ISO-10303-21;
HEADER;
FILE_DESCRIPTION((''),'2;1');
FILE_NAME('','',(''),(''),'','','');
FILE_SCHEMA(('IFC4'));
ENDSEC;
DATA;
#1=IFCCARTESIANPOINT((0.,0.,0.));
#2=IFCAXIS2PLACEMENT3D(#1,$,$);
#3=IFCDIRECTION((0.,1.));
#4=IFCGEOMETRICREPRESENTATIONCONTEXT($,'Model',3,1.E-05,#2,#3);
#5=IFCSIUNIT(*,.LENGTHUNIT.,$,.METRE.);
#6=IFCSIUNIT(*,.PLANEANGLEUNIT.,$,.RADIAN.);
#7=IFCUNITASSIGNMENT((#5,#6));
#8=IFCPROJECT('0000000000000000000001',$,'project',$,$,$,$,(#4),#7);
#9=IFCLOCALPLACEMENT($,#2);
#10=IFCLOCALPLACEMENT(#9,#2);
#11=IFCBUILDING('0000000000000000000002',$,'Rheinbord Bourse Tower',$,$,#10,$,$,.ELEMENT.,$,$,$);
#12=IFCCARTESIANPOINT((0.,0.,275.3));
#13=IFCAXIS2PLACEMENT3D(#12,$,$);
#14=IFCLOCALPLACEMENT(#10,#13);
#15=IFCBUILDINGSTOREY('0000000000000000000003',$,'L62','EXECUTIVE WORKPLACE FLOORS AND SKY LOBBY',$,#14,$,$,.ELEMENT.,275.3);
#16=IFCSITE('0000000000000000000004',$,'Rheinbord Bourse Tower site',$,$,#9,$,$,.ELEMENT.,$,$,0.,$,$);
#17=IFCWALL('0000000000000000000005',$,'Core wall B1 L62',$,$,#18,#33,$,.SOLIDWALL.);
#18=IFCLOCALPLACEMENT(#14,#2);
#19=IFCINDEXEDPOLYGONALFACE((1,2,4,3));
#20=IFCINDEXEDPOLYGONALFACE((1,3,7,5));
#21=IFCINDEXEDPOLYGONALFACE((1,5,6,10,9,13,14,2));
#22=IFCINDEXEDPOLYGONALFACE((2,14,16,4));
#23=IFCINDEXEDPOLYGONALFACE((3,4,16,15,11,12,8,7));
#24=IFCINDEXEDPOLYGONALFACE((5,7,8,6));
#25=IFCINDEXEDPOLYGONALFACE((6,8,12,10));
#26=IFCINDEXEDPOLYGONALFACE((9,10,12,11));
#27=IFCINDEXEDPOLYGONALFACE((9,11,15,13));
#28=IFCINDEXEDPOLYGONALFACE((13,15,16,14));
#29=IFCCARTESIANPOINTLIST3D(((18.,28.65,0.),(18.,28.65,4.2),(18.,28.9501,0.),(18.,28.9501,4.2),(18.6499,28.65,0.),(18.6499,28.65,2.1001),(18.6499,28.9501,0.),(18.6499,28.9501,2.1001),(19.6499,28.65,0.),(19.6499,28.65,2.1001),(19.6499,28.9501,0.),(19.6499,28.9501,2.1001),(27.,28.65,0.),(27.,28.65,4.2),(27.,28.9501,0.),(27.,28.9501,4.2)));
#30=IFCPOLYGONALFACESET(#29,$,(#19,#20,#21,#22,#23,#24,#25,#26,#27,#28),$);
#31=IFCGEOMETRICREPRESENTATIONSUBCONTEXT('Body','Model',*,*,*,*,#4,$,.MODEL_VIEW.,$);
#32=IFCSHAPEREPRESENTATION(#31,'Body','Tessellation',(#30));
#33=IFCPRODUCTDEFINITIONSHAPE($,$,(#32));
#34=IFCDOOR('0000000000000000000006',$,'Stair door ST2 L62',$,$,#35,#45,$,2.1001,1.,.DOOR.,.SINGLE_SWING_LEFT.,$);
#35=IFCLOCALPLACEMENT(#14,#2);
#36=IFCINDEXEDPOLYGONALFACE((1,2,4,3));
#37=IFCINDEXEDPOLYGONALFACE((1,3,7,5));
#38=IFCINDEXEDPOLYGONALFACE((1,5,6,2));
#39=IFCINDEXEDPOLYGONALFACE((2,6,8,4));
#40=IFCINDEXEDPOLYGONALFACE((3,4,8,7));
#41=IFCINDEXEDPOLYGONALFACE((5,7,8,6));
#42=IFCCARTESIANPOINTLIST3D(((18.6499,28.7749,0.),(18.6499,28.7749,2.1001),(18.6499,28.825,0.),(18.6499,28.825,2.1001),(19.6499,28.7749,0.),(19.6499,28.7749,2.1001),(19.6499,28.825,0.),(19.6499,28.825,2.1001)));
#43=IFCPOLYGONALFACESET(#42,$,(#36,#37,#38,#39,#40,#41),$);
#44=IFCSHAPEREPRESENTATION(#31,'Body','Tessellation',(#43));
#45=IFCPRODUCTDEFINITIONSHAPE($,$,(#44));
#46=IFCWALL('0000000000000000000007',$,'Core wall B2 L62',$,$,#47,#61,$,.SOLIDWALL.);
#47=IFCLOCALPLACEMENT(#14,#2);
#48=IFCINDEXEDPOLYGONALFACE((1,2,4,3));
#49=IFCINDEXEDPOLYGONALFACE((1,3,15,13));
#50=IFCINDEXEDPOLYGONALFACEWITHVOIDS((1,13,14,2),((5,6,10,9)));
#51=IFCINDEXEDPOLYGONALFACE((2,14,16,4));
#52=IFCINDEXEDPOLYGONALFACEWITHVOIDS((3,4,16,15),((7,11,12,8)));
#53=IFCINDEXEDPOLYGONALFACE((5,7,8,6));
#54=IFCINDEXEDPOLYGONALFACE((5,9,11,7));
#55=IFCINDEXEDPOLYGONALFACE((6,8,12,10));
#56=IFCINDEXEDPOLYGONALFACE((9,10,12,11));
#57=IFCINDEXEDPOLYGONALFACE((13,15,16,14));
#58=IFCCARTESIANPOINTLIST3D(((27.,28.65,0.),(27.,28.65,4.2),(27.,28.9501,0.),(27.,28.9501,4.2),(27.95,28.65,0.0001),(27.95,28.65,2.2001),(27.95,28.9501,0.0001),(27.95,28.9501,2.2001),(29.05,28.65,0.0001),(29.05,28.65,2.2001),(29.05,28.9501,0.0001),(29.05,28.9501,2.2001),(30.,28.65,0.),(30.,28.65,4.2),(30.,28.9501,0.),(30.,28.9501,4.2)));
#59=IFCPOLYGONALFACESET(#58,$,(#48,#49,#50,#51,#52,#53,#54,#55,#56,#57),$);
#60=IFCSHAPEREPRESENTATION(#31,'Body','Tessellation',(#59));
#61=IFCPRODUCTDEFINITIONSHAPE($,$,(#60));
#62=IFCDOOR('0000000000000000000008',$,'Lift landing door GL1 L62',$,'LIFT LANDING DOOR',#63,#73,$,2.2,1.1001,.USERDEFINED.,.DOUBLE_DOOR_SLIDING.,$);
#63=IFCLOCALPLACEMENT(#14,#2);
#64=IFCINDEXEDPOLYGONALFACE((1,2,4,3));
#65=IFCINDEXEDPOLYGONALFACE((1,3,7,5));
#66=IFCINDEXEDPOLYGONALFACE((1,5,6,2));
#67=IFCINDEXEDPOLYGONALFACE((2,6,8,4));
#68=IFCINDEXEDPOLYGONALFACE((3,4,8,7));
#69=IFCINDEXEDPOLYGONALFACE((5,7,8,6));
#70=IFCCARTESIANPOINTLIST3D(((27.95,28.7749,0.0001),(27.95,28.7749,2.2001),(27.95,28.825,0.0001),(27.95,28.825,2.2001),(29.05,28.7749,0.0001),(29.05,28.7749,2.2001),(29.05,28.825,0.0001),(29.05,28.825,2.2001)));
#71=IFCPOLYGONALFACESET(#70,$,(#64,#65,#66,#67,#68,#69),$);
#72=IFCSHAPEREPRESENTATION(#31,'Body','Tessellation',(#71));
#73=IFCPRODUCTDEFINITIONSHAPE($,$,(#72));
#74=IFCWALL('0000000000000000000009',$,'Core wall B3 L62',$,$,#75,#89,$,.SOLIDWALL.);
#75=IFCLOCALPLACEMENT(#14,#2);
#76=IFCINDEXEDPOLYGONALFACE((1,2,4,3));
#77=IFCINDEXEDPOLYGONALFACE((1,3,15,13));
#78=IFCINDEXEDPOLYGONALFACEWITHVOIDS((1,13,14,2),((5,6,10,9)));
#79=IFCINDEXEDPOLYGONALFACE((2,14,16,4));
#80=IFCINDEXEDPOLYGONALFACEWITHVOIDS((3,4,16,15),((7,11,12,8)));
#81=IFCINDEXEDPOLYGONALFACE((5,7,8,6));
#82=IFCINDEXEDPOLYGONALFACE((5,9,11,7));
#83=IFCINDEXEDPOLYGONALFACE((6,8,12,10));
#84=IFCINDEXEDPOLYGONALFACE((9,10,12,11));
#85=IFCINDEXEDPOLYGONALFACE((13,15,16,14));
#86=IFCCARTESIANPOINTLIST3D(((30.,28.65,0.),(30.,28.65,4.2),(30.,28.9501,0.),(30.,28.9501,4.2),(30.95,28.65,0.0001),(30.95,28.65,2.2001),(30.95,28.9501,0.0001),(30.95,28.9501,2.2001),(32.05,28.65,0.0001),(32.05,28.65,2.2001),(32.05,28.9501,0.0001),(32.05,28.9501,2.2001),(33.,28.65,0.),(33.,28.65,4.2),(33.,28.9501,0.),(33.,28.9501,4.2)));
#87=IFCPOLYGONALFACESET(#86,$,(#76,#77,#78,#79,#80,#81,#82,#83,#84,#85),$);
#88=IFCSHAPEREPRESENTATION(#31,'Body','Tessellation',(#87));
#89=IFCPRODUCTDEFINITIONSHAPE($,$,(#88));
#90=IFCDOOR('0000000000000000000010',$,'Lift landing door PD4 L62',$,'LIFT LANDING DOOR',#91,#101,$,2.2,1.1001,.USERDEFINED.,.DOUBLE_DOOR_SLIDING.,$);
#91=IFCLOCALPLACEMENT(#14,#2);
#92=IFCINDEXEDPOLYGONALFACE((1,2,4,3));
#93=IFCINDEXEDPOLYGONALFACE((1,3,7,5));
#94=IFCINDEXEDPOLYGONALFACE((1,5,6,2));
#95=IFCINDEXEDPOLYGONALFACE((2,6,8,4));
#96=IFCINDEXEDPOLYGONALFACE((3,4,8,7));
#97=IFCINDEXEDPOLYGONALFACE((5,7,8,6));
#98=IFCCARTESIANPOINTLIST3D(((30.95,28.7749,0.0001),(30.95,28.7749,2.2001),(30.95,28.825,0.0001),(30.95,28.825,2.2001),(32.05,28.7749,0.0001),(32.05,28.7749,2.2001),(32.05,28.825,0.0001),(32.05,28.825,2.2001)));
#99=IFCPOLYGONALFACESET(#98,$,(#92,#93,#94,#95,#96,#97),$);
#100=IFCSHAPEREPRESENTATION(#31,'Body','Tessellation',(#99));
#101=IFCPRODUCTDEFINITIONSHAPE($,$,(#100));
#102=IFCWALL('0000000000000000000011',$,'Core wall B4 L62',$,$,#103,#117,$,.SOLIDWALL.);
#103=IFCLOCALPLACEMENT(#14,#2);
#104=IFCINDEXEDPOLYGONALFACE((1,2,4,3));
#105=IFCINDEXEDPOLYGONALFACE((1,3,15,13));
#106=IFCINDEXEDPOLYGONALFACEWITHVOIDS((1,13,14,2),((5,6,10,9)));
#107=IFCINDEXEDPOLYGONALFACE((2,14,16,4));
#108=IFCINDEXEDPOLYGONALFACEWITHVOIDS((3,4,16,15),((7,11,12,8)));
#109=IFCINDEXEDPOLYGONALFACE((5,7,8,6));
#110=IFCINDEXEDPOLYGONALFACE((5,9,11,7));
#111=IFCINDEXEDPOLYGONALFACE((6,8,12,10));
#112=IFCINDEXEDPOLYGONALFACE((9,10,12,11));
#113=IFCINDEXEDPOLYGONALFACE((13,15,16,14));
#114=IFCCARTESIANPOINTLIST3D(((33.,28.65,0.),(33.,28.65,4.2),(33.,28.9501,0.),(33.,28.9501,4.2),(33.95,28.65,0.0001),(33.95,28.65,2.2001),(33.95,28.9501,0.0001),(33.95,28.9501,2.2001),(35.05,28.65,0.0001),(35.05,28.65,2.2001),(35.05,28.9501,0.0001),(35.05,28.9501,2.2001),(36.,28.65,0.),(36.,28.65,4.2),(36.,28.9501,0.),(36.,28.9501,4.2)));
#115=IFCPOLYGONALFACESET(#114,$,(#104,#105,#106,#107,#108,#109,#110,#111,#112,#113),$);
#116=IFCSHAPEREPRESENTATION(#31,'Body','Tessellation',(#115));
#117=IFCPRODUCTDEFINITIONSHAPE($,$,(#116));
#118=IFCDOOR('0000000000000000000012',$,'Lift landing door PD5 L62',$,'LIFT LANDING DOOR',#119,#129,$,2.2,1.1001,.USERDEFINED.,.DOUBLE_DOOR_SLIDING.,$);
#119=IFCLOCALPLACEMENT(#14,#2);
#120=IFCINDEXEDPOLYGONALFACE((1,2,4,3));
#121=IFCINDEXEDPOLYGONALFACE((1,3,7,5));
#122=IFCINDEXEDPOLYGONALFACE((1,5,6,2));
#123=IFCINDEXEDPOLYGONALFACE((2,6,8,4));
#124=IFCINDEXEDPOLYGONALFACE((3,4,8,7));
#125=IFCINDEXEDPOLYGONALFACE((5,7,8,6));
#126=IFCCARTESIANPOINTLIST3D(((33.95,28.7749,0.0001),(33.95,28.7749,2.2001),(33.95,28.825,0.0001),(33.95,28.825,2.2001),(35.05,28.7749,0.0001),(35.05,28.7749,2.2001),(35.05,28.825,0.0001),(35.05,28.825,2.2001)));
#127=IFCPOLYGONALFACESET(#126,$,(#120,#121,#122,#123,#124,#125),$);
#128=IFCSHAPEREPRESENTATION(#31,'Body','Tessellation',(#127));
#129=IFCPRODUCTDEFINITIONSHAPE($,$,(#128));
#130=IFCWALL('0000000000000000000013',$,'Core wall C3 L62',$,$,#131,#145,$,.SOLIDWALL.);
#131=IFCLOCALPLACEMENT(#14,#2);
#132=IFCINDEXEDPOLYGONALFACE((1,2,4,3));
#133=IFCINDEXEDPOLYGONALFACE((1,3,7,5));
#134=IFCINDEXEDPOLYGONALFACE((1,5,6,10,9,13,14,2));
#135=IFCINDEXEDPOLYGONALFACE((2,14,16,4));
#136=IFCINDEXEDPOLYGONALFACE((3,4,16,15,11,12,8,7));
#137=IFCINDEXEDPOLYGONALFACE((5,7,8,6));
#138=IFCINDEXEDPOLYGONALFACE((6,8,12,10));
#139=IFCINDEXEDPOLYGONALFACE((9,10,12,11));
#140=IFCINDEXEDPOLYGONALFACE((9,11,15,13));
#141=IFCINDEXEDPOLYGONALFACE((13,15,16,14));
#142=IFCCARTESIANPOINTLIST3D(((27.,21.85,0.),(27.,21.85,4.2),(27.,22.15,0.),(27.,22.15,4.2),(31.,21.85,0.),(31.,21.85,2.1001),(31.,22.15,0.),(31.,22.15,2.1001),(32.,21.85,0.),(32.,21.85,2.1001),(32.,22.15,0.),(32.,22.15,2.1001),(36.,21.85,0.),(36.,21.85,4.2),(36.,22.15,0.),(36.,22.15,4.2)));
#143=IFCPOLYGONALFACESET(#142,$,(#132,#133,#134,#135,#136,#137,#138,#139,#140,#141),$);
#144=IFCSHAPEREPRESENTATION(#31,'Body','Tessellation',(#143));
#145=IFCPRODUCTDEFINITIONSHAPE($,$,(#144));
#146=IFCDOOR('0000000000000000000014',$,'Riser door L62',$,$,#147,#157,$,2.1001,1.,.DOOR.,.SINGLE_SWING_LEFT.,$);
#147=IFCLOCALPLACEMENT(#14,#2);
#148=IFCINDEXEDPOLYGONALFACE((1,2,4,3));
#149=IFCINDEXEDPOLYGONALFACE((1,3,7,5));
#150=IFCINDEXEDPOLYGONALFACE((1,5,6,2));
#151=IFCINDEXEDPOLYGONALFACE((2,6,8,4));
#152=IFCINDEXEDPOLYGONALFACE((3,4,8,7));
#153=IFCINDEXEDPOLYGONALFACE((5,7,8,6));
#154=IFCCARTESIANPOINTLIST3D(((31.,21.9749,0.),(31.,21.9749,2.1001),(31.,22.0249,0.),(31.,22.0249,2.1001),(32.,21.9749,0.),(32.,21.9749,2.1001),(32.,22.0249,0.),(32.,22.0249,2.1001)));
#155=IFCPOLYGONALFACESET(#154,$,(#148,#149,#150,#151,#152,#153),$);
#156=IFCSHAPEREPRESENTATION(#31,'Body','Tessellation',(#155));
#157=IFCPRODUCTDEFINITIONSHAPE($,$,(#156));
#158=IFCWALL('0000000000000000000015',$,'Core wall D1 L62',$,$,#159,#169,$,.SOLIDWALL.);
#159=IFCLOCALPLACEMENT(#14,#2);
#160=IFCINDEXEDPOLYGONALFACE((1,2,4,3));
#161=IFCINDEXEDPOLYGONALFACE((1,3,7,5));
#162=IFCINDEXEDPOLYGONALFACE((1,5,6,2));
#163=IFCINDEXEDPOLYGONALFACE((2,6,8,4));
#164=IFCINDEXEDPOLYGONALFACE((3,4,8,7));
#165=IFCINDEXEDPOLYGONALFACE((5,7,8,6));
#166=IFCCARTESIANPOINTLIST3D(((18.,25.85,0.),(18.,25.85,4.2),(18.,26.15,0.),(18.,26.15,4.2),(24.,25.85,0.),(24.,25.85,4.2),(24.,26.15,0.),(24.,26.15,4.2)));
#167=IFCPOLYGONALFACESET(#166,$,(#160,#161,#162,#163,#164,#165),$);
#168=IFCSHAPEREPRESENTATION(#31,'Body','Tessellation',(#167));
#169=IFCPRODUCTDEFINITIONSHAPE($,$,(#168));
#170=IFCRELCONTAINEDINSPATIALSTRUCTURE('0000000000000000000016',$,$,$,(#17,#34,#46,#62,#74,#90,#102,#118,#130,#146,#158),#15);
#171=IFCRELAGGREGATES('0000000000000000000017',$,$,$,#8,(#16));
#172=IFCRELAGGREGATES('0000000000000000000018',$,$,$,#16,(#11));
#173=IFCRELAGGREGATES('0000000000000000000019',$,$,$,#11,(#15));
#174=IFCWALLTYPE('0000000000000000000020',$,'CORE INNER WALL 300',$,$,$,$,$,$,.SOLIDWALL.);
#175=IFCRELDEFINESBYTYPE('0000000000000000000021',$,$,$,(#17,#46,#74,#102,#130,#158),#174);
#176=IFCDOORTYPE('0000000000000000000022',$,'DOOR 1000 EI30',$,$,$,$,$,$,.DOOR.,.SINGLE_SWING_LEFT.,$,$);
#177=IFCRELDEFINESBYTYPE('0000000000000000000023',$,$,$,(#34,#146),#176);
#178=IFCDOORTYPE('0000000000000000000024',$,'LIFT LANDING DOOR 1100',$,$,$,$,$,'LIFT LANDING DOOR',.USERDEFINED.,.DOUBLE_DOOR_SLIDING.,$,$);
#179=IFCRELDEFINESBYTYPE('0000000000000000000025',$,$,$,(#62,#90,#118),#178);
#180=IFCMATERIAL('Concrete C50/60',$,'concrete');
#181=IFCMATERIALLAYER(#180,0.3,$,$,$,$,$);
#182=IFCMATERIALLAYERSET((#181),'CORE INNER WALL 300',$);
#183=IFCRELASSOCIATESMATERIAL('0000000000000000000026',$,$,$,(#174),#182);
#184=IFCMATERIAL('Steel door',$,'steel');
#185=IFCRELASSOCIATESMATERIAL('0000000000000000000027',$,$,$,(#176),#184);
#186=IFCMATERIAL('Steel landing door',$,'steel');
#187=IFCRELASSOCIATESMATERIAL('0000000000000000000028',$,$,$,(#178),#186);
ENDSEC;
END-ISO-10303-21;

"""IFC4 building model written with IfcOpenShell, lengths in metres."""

from ifc_helpers import new_model, si_unit, direction, frame, frame_2d, origin, place, context, subcontext, project, spatial, rectangle, extrude, material, layer, layer_set, type_object, element, fill, save


model = new_model("IFC4")

# Units and contexts
model_context = context("Model", 3, precision=1e-05, world=origin(), true_north=direction((0.0, 1.0)))
body_context = subcontext(model_context, "Body", "Model", "MODEL_VIEW")
ifc_project = project(units=[si_unit("LENGTHUNIT", "METRE"), si_unit("PLANEANGLEUNIT", "RADIAN")], contexts=[model_context])

# Site, building, storey
site_placement = place(None, origin())
site = spatial("IfcSite", under=ifc_project, at=site_placement, Name="Rheinbord Bourse Tower site", CompositionType="ELEMENT", RefElevation=0.0)
building_placement = place(site_placement, origin())
building = spatial("IfcBuilding", under=site, at=building_placement, Name="Rheinbord Bourse Tower", CompositionType="ELEMENT")
storey_placement = place(building_placement, frame((0.0, 0.0, 275.3)))
storey = spatial("IfcBuildingStorey", under=building, at=storey_placement, Name="L62", Description="EXECUTIVE WORKPLACE FLOORS AND SKY LOBBY", CompositionType="ELEMENT", Elevation=275.3)

# Walls, openings, doors
ifc_material_1 = material(Name="Concrete C50/60", Category="concrete")
ifc_layer_1 = layer(ifc_material_1, 0.3)
ifc_layer_set_1 = layer_set([ifc_layer_1], Name="CORE INNER WALL 300")
wall_type_1 = type_object("IfcWallType", Name="CORE INNER WALL 300", PredefinedType="SOLIDWALL", material=ifc_layer_set_1)
wall_1_placement = place(storey_placement, frame((18.0, 28.8, 0.0), z_axis=(0.0, 0.0, 1.0), x_axis=(1.0, 0.0, 0.0)))
wall_1 = element("IfcWall", 1, at=wall_1_placement, inside=storey, type_object=wall_type_1, Name="Core wall B1 L62", PredefinedType="SOLIDWALL", context=body_context, shape_type="SweptSolid", body=[
    extrude(rectangle(XDim=9.0, YDim=0.3, at=frame_2d((4.5, 0.0))), origin(), (0.0, 0.0, 1.0), 4.2),
])
opening_1_placement = place(wall_1_placement, frame((0.6499, 0.0, 0.0)))
opening_1 = element("IfcOpeningElement", 2, at=opening_1_placement, cuts=wall_1, PredefinedType="OPENING", context=body_context, shape_type="SweptSolid", body=[
    extrude(rectangle(XDim=1.0, YDim=2.1001, at=frame_2d((0.5, 1.05))), frame((0.0, 0.1599, 0.0), z_axis=(0.0, -1.0, 0.0), x_axis=(1.0, 0.0, 0.0)), (0.0, 0.0, 1.0), 0.3201),
])
ifc_material_2 = material(Name="Steel door", Category="steel")
door_type_1 = type_object("IfcDoorType", Name="DOOR 1000 EI30", OperationType="SINGLE_SWING_LEFT", PredefinedType="DOOR", material=ifc_material_2)
door_1_placement = place(opening_1_placement, origin())
door_1 = element("IfcDoor", 3, at=door_1_placement, inside=storey, type_object=door_type_1, Name="Stair door ST2 L62", OperationType="SINGLE_SWING_LEFT", OverallHeight=2.1001, OverallWidth=1.0, PredefinedType="DOOR", context=body_context, shape_type="SweptSolid", body=[
    extrude(rectangle(XDim=1.0, YDim=2.1001, at=frame_2d((0.5, 1.05))), frame((0.0, 0.0249, 0.0), z_axis=(0.0, -1.0, 0.0), x_axis=(1.0, 0.0, 0.0)), (0.0, 0.0, 1.0), 0.05),
])
fill(opening_1, door_1)
wall_2_placement = place(storey_placement, frame((27.0, 28.8, 0.0), z_axis=(0.0, 0.0, 1.0), x_axis=(1.0, 0.0, 0.0)))
wall_2 = element("IfcWall", 4, at=wall_2_placement, inside=storey, type_object=wall_type_1, Name="Core wall B2 L62", PredefinedType="SOLIDWALL", context=body_context, shape_type="SweptSolid", body=[
    extrude(rectangle(XDim=3.0, YDim=0.3, at=frame_2d((1.5, 0.0))), origin(), (0.0, 0.0, 1.0), 4.2),
])
opening_2_placement = place(wall_2_placement, frame((0.95, 0.0, 0.0)))
opening_2 = element("IfcOpeningElement", 5, at=opening_2_placement, cuts=wall_2, PredefinedType="OPENING", context=body_context, shape_type="SweptSolid", body=[
    extrude(rectangle(XDim=1.1001, YDim=2.2, at=frame_2d((0.55, 1.1001))), frame((0.0, 0.1599, 0.0), z_axis=(0.0, -1.0, 0.0), x_axis=(1.0, 0.0, 0.0)), (0.0, 0.0, 1.0), 0.3201),
])
ifc_material_3 = material(Name="Steel landing door", Category="steel")
door_type_2 = type_object("IfcDoorType", Name="LIFT LANDING DOOR 1100", ElementType="LIFT LANDING DOOR", OperationType="DOUBLE_DOOR_SLIDING", PredefinedType="USERDEFINED", material=ifc_material_3)
door_2_placement = place(opening_2_placement, origin())
door_2 = element("IfcDoor", 6, at=door_2_placement, inside=storey, type_object=door_type_2, Name="Lift landing door GL1 L62", ObjectType="LIFT LANDING DOOR", OperationType="DOUBLE_DOOR_SLIDING", OverallHeight=2.2, OverallWidth=1.1001, PredefinedType="USERDEFINED", context=body_context, shape_type="SweptSolid", body=[
    extrude(rectangle(XDim=1.1001, YDim=2.2, at=frame_2d((0.55, 1.1001))), frame((0.0, 0.0249, 0.0), z_axis=(0.0, -1.0, 0.0), x_axis=(1.0, 0.0, 0.0)), (0.0, 0.0, 1.0), 0.05),
])
fill(opening_2, door_2)
wall_3_placement = place(storey_placement, frame((30.0, 28.8, 0.0), z_axis=(0.0, 0.0, 1.0), x_axis=(1.0, 0.0, 0.0)))
wall_3 = element("IfcWall", 7, at=wall_3_placement, inside=storey, type_object=wall_type_1, Name="Core wall B3 L62", PredefinedType="SOLIDWALL", context=body_context, shape_type="SweptSolid", body=[
    extrude(rectangle(XDim=3.0, YDim=0.3, at=frame_2d((1.5, 0.0))), origin(), (0.0, 0.0, 1.0), 4.2),
])
opening_3_placement = place(wall_3_placement, frame((0.95, 0.0, 0.0)))
opening_3 = element("IfcOpeningElement", 8, at=opening_3_placement, cuts=wall_3, PredefinedType="OPENING", context=body_context, shape_type="SweptSolid", body=[
    extrude(rectangle(XDim=1.1001, YDim=2.2, at=frame_2d((0.55, 1.1001))), frame((0.0, 0.1599, 0.0), z_axis=(0.0, -1.0, 0.0), x_axis=(1.0, 0.0, 0.0)), (0.0, 0.0, 1.0), 0.3201),
])
door_3_placement = place(opening_3_placement, origin())
door_3 = element("IfcDoor", 9, at=door_3_placement, inside=storey, type_object=door_type_2, Name="Lift landing door PD4 L62", ObjectType="LIFT LANDING DOOR", OperationType="DOUBLE_DOOR_SLIDING", OverallHeight=2.2, OverallWidth=1.1001, PredefinedType="USERDEFINED", context=body_context, shape_type="SweptSolid", body=[
    extrude(rectangle(XDim=1.1001, YDim=2.2, at=frame_2d((0.55, 1.1001))), frame((0.0, 0.0249, 0.0), z_axis=(0.0, -1.0, 0.0), x_axis=(1.0, 0.0, 0.0)), (0.0, 0.0, 1.0), 0.05),
])
fill(opening_3, door_3)
wall_4_placement = place(storey_placement, frame((33.0, 28.8, 0.0), z_axis=(0.0, 0.0, 1.0), x_axis=(1.0, 0.0, 0.0)))
wall_4 = element("IfcWall", 10, at=wall_4_placement, inside=storey, type_object=wall_type_1, Name="Core wall B4 L62", PredefinedType="SOLIDWALL", context=body_context, shape_type="SweptSolid", body=[
    extrude(rectangle(XDim=3.0, YDim=0.3, at=frame_2d((1.5, 0.0))), origin(), (0.0, 0.0, 1.0), 4.2),
])
opening_4_placement = place(wall_4_placement, frame((0.95, 0.0, 0.0)))
opening_4 = element("IfcOpeningElement", 11, at=opening_4_placement, cuts=wall_4, PredefinedType="OPENING", context=body_context, shape_type="SweptSolid", body=[
    extrude(rectangle(XDim=1.1001, YDim=2.2, at=frame_2d((0.55, 1.1001))), frame((0.0, 0.1599, 0.0), z_axis=(0.0, -1.0, 0.0), x_axis=(1.0, 0.0, 0.0)), (0.0, 0.0, 1.0), 0.3201),
])
door_4_placement = place(opening_4_placement, origin())
door_4 = element("IfcDoor", 12, at=door_4_placement, inside=storey, type_object=door_type_2, Name="Lift landing door PD5 L62", ObjectType="LIFT LANDING DOOR", OperationType="DOUBLE_DOOR_SLIDING", OverallHeight=2.2, OverallWidth=1.1001, PredefinedType="USERDEFINED", context=body_context, shape_type="SweptSolid", body=[
    extrude(rectangle(XDim=1.1001, YDim=2.2, at=frame_2d((0.55, 1.1001))), frame((0.0, 0.0249, 0.0), z_axis=(0.0, -1.0, 0.0), x_axis=(1.0, 0.0, 0.0)), (0.0, 0.0, 1.0), 0.05),
])
fill(opening_4, door_4)
wall_5_placement = place(storey_placement, frame((27.0, 22.0, 0.0), z_axis=(0.0, 0.0, 1.0), x_axis=(1.0, 0.0, 0.0)))
wall_5 = element("IfcWall", 13, at=wall_5_placement, inside=storey, type_object=wall_type_1, Name="Core wall C3 L62", PredefinedType="SOLIDWALL", context=body_context, shape_type="SweptSolid", body=[
    extrude(rectangle(XDim=9.0, YDim=0.3, at=frame_2d((4.5, 0.0))), origin(), (0.0, 0.0, 1.0), 4.2),
])
opening_5_placement = place(wall_5_placement, frame((4.0, 0.0, 0.0)))
opening_5 = element("IfcOpeningElement", 14, at=opening_5_placement, cuts=wall_5, PredefinedType="OPENING", context=body_context, shape_type="SweptSolid", body=[
    extrude(rectangle(XDim=1.0, YDim=2.1001, at=frame_2d((0.5, 1.05))), frame((0.0, 0.1599, 0.0), z_axis=(0.0, -1.0, 0.0), x_axis=(1.0, 0.0, 0.0)), (0.0, 0.0, 1.0), 0.3201),
])
door_5_placement = place(opening_5_placement, origin())
door_5 = element("IfcDoor", 15, at=door_5_placement, inside=storey, type_object=door_type_1, Name="Riser door L62", OperationType="SINGLE_SWING_LEFT", OverallHeight=2.1001, OverallWidth=1.0, PredefinedType="DOOR", context=body_context, shape_type="SweptSolid", body=[
    extrude(rectangle(XDim=1.0, YDim=2.1001, at=frame_2d((0.5, 1.05))), frame((0.0, 0.0249, 0.0), z_axis=(0.0, -1.0, 0.0), x_axis=(1.0, 0.0, 0.0)), (0.0, 0.0, 1.0), 0.05),
])
fill(opening_5, door_5)

# Wall
wall_6_placement = place(storey_placement, frame((18.0, 26.0, 0.0), z_axis=(0.0, 0.0, 1.0), x_axis=(1.0, 0.0, 0.0)))
element("IfcWall", 16, at=wall_6_placement, inside=storey, type_object=wall_type_1, Name="Core wall D1 L62", PredefinedType="SOLIDWALL", context=body_context, shape_type="SweptSolid", body=[
    extrude(rectangle(XDim=6.0, YDim=0.3, at=frame_2d((3.0, 0.0))), origin(), (0.0, 0.0, 1.0), 4.2),
])

save(model, "model.ifc")
